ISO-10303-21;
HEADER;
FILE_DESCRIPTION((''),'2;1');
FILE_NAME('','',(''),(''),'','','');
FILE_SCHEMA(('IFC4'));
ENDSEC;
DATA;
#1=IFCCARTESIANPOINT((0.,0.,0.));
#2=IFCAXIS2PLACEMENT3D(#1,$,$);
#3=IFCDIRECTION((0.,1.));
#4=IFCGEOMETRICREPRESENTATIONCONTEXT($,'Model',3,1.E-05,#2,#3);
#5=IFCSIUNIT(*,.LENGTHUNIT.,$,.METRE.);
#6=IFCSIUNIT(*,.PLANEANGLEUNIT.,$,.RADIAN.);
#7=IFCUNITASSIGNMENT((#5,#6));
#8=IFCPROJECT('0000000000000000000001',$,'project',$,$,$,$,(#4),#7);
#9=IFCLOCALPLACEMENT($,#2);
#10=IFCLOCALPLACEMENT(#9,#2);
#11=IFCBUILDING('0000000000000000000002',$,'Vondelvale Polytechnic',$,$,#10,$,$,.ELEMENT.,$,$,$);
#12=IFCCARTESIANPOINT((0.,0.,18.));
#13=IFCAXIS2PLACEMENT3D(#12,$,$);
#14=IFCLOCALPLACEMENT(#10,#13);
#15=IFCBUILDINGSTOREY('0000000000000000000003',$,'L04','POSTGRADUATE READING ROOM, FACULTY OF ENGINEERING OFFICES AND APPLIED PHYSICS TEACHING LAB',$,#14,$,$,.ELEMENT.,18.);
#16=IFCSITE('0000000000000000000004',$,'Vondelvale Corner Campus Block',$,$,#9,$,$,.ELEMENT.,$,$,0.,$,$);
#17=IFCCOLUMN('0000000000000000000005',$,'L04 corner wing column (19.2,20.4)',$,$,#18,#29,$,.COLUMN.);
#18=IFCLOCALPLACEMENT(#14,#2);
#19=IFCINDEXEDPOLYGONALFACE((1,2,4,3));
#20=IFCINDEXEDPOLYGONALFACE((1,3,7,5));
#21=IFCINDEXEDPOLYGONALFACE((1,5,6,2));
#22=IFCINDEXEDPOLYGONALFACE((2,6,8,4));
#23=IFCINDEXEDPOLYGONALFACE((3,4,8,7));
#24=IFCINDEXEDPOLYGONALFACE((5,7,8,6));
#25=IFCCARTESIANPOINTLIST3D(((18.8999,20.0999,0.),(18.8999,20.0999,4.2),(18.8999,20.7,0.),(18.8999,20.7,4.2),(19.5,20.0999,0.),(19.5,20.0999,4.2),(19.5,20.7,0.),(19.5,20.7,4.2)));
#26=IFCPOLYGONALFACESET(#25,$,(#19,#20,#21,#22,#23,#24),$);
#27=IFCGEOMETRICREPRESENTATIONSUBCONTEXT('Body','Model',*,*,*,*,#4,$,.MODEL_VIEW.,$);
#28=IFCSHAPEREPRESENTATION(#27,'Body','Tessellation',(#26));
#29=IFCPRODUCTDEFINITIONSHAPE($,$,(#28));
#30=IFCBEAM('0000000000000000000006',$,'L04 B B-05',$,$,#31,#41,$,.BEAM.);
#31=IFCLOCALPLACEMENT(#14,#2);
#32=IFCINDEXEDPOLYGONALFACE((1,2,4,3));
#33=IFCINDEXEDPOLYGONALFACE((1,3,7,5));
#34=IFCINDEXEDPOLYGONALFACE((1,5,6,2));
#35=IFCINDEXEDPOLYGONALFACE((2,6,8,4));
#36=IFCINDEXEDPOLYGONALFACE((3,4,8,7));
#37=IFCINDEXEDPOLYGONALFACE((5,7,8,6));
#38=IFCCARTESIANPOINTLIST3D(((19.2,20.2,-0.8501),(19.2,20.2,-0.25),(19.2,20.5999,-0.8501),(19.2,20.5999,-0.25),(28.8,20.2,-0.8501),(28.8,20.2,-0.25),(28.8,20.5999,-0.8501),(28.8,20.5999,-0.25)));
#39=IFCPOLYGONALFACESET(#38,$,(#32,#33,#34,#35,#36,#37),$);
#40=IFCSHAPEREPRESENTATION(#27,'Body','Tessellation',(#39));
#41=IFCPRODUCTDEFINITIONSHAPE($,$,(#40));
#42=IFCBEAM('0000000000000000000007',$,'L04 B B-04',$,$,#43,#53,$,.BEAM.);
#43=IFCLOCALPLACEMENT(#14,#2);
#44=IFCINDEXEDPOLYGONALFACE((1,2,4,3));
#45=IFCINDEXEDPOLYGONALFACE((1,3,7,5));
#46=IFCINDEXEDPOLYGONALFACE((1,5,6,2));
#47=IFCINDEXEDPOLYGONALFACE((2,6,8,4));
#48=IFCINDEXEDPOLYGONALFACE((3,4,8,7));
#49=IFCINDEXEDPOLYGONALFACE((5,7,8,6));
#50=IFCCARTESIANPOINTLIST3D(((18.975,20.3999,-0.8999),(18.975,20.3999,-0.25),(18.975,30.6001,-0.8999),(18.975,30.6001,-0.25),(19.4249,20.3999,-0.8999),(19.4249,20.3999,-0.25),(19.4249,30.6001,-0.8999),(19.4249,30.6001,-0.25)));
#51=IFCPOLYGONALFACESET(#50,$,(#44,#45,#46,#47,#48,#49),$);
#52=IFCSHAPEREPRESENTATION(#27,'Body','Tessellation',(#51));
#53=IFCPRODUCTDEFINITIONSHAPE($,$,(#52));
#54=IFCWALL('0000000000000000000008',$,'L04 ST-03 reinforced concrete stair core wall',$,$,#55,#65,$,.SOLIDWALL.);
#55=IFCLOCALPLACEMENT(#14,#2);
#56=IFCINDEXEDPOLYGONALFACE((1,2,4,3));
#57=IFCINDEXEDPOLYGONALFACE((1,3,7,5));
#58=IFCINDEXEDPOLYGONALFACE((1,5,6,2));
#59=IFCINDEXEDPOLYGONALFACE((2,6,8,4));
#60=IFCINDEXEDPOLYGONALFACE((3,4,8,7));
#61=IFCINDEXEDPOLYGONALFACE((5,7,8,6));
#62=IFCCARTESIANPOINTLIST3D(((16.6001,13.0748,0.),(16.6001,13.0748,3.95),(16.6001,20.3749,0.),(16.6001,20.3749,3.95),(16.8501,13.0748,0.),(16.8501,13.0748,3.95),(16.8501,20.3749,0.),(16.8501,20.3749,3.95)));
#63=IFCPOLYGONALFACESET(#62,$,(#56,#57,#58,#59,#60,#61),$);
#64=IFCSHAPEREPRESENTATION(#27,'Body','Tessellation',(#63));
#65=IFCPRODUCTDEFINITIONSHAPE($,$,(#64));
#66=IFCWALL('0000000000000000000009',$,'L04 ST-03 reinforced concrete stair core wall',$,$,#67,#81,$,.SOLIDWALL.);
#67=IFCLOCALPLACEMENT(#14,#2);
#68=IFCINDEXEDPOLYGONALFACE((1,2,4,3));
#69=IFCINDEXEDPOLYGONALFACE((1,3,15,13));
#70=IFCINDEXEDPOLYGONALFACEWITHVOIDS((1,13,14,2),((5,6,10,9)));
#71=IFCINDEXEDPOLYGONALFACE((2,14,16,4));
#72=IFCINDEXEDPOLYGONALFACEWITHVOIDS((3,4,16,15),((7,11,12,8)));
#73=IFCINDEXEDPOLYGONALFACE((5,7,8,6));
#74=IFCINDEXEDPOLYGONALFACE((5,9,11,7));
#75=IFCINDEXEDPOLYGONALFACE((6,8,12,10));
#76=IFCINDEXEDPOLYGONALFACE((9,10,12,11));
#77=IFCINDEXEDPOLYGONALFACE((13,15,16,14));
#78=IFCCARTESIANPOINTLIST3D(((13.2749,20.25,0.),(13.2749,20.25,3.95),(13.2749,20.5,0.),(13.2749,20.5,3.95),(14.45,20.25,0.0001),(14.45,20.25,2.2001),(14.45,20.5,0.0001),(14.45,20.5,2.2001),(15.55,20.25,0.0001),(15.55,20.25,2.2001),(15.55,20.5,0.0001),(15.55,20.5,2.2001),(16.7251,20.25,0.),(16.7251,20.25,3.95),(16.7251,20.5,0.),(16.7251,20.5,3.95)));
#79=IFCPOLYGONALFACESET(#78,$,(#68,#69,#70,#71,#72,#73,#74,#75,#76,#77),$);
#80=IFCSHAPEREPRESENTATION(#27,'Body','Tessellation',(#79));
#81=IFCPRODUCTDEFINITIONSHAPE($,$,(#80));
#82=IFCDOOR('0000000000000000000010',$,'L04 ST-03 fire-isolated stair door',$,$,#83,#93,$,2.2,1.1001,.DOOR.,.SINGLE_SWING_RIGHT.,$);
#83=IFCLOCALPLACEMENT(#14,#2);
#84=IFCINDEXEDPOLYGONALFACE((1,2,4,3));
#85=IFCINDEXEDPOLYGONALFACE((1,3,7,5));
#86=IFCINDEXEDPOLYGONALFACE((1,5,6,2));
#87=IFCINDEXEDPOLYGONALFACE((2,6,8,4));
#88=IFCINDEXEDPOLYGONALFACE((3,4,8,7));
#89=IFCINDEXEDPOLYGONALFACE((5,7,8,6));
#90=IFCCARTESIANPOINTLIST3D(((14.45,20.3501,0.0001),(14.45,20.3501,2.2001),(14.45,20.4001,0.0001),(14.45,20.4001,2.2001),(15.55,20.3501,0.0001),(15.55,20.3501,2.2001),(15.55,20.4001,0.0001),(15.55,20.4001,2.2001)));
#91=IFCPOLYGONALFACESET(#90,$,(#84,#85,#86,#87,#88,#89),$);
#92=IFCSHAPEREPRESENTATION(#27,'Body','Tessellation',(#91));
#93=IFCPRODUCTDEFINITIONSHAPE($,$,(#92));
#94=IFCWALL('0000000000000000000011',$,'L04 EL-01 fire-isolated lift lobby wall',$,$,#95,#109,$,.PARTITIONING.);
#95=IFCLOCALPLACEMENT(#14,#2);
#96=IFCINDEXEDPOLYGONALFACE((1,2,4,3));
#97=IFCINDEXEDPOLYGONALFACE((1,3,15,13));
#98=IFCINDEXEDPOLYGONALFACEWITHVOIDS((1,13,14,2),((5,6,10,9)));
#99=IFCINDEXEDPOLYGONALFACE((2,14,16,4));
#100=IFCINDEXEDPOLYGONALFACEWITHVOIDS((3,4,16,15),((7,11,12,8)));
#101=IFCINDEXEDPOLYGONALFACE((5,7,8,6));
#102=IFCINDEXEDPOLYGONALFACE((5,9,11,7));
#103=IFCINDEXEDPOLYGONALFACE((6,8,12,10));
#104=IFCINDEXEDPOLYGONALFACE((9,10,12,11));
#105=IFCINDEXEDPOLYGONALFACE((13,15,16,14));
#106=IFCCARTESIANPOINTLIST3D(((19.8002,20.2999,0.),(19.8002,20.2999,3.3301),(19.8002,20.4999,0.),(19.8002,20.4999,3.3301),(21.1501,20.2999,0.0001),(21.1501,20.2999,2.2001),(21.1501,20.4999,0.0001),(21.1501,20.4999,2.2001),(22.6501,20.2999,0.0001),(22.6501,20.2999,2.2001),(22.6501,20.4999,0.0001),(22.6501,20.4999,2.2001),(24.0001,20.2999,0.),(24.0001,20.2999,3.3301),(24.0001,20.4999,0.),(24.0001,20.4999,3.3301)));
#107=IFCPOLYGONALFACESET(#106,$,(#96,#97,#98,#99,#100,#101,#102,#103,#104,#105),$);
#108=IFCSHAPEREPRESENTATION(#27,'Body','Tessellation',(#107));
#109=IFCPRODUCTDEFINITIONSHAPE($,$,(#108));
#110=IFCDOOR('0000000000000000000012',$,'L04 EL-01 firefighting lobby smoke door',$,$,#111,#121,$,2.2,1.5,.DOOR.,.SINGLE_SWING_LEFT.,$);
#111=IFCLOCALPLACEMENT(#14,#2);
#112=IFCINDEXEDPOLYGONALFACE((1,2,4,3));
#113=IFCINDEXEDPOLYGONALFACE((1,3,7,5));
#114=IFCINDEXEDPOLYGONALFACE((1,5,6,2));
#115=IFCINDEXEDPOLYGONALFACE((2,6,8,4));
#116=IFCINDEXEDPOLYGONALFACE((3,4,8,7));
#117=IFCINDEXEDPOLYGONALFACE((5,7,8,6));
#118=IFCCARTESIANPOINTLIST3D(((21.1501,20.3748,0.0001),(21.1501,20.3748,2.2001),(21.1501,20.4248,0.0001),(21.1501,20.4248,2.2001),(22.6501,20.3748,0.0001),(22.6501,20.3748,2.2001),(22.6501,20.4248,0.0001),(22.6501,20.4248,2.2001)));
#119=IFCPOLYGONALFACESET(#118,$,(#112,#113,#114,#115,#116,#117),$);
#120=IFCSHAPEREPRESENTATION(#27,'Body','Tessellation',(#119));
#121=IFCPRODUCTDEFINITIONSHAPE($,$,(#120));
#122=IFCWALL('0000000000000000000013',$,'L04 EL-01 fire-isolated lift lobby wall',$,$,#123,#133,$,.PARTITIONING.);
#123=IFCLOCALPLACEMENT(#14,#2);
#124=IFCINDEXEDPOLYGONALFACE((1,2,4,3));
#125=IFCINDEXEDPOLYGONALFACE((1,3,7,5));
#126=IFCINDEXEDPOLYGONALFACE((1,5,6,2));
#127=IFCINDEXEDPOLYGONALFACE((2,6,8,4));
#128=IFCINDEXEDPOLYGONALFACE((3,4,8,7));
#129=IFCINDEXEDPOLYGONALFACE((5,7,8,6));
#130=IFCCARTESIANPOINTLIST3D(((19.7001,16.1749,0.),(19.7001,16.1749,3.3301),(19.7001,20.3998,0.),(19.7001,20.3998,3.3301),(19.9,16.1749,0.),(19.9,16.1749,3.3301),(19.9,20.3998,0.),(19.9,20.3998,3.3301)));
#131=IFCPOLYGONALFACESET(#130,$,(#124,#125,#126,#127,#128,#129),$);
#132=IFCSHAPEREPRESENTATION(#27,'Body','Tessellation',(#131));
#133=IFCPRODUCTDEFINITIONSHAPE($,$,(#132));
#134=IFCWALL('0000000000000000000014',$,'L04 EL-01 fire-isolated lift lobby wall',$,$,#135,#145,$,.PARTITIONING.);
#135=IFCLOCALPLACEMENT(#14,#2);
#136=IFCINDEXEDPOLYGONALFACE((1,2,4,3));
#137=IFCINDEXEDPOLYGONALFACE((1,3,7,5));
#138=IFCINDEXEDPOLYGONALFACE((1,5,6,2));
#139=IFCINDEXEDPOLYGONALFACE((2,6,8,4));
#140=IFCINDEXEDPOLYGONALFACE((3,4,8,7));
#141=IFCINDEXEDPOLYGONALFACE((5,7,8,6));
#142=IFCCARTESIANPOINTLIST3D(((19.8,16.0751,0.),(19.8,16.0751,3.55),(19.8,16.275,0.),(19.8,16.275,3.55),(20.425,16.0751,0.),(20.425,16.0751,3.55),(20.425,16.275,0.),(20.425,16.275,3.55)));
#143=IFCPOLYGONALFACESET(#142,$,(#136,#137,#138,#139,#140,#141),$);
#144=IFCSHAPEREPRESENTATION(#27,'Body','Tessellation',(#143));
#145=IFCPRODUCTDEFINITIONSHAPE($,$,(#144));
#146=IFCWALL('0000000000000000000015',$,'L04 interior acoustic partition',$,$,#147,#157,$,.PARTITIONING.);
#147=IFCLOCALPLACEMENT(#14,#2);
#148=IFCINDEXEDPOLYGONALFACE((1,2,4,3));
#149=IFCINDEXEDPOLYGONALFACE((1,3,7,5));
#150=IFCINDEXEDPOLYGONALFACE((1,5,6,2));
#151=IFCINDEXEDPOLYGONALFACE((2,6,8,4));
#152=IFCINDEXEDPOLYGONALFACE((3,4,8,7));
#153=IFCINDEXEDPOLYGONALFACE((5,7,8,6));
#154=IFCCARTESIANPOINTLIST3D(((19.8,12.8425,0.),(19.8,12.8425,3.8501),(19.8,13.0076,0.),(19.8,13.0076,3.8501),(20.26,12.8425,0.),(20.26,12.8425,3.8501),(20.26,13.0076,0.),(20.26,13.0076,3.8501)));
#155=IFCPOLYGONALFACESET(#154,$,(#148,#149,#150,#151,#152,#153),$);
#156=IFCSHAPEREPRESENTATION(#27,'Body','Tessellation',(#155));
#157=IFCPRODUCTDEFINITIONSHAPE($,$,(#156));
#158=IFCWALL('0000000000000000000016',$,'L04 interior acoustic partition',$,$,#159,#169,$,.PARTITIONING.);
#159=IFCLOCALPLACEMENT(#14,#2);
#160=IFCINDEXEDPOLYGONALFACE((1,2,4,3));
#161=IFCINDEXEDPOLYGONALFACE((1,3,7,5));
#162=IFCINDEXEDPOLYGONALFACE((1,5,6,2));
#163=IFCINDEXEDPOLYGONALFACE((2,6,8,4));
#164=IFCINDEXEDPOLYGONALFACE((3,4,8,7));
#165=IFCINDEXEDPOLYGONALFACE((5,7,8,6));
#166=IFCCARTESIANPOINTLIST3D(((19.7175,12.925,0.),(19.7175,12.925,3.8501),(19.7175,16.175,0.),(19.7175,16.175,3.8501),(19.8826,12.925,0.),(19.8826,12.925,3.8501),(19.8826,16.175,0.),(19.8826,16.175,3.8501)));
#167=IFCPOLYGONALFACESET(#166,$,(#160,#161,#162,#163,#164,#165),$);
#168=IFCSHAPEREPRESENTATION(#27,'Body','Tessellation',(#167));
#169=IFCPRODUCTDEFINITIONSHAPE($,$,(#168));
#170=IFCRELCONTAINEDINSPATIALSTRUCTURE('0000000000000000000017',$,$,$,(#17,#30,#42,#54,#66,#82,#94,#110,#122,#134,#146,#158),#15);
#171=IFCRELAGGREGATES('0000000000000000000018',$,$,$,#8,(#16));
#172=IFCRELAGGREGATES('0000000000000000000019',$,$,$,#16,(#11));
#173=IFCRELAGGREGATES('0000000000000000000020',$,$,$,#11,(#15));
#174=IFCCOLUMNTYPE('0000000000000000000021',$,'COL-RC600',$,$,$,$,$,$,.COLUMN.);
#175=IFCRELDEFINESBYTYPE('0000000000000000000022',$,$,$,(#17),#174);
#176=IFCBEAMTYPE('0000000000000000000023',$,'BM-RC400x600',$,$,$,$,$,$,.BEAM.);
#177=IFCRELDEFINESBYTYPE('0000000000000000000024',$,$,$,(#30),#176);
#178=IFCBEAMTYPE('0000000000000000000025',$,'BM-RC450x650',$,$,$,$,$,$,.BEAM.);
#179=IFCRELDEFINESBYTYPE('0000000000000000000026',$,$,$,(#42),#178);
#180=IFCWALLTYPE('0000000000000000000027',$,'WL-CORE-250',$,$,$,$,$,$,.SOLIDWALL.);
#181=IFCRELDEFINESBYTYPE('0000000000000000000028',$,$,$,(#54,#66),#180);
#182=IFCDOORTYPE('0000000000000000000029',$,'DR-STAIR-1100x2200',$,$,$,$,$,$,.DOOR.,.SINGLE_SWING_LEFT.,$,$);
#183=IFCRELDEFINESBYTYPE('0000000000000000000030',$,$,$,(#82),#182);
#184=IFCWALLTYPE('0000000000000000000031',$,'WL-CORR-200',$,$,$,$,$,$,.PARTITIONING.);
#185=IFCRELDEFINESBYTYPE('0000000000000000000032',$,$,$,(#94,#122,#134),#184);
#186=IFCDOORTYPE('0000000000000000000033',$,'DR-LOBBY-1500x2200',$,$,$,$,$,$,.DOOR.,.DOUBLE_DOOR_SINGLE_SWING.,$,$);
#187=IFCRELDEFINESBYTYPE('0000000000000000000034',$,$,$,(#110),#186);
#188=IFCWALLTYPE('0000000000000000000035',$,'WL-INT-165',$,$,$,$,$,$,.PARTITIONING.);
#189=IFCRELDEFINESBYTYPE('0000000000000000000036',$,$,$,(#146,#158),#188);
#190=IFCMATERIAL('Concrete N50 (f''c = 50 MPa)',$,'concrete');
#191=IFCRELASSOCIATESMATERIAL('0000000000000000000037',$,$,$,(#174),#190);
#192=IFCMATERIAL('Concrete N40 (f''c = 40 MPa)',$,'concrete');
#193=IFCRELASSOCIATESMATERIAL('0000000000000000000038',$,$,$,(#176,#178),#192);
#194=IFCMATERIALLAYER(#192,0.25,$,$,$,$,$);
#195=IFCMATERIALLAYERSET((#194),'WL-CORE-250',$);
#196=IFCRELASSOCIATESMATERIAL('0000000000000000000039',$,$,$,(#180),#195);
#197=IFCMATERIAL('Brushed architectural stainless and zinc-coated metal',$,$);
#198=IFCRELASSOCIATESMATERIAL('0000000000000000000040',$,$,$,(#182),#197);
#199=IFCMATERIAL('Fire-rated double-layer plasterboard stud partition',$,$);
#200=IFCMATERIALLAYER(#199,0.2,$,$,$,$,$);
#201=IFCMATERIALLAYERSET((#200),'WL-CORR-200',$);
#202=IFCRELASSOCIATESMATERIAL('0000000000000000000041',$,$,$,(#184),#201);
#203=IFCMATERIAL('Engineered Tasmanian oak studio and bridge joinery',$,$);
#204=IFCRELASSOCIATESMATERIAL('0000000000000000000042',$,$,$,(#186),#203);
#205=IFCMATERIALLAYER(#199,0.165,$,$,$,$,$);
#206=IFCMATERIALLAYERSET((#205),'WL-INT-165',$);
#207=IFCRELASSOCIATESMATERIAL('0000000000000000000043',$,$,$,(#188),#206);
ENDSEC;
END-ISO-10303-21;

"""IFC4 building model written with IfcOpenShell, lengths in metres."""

from ifc_helpers import new_model, si_unit, direction, frame, frame_2d, origin, origin_2d, place, context, subcontext, project, spatial, rectangle, extrude, material, layer, layer_set, material_profile, profile_set, type_object, element, fill, save


model = new_model("IFC4")

# Units and contexts
model_context = context("Model", 3, precision=1e-05, world=origin(), true_north=direction((0.0, 1.0)))
body_context = subcontext(model_context, "Body", "Model", "MODEL_VIEW")
ifc_project = project(units=[si_unit("LENGTHUNIT", "METRE"), si_unit("PLANEANGLEUNIT", "RADIAN")], contexts=[model_context])

# Site, building, storey
site_placement = place(None, origin())
site = spatial("IfcSite", under=ifc_project, at=site_placement, Name="Vondelvale Corner Campus Block", CompositionType="ELEMENT", RefElevation=0.0)
building_placement = place(site_placement, origin())
building = spatial("IfcBuilding", under=site, at=building_placement, Name="Vondelvale Polytechnic", CompositionType="ELEMENT")
storey_placement = place(building_placement, frame((0.0, 0.0, 18.0)))
storey = spatial("IfcBuildingStorey", under=building, at=storey_placement, Name="L04", Description="POSTGRADUATE READING ROOM, FACULTY OF ENGINEERING OFFICES AND APPLIED PHYSICS TEACHING LAB", CompositionType="ELEMENT", Elevation=18.0)

# Column
ifc_material_1 = material(Name="Concrete N50 (f'c = 50 MPa)", Category="concrete")
ifc_material_profile_1 = material_profile(ifc_material_1, rectangle(XDim=0.6001, YDim=0.6001, at=origin_2d()), Name="RC-COL-600x600")
ifc_profile_set_1 = profile_set([ifc_material_profile_1], Name="Concrete N50 (f'c = 50 MPa)")
column_type = type_object("IfcColumnType", Name="COL-RC600", PredefinedType="COLUMN", material=ifc_profile_set_1)
column_placement = place(storey_placement, frame((19.2, 20.3999, 0.0), z_axis=(0.0, 0.0, 1.0), x_axis=(1.0, 0.0, 0.0)))
element("IfcColumn", 1, at=column_placement, inside=storey, type_object=column_type, Name="L04 corner wing column (19.2,20.4)", PredefinedType="COLUMN", context=body_context, shape_type="SweptSolid", body=[
    extrude(rectangle(XDim=0.6001, YDim=0.6001, at=origin_2d()), origin(), (0.0, 0.0, 1.0), 4.2),
])

# Beams
ifc_material_2 = material(Name="Concrete N40 (f'c = 40 MPa)", Category="concrete")
ifc_material_profile_2 = material_profile(ifc_material_2, rectangle(XDim=0.3999, YDim=0.6001, at=origin_2d()), Name="RC-BM-400x600")
ifc_profile_set_2 = profile_set([ifc_material_profile_2], Name="Concrete N40 (f'c = 40 MPa)")
beam_type_1 = type_object("IfcBeamType", Name="BM-RC400x600", PredefinedType="BEAM", material=ifc_profile_set_2)
beam_1_placement = place(storey_placement, frame((19.2, 20.3999, -0.55), z_axis=(1.0, 0.0, 0.0), x_axis=(0.0, 1.0, 0.0)))
element("IfcBeam", 2, at=beam_1_placement, inside=storey, type_object=beam_type_1, Name="L04 B B-05", PredefinedType="BEAM", context=body_context, shape_type="SweptSolid", body=[
    extrude(rectangle(XDim=0.3999, YDim=0.6001, at=origin_2d()), origin(), (0.0, 0.0, 1.0), 9.6001),
])
ifc_material_profile_3 = material_profile(ifc_material_2, rectangle(XDim=0.45, YDim=0.6499, at=origin_2d()), Name="RC-BM-450x650")
ifc_profile_set_3 = profile_set([ifc_material_profile_3], Name="Concrete N40 (f'c = 40 MPa)")
beam_type_2 = type_object("IfcBeamType", Name="BM-RC450x650", PredefinedType="BEAM", material=ifc_profile_set_3)
beam_2_placement = place(storey_placement, frame((19.2, 20.3999, -0.575), z_axis=(0.0, 1.0, 0.0), x_axis=(-1.0, 0.0, 0.0)))
element("IfcBeam", 3, at=beam_2_placement, inside=storey, type_object=beam_type_2, Name="L04 B B-04", PredefinedType="BEAM", context=body_context, shape_type="SweptSolid", body=[
    extrude(rectangle(XDim=0.45, YDim=0.6499, at=origin_2d()), origin(), (0.0, 0.0, 1.0), 10.2002),
])

# Wall
ifc_layer_1 = layer(ifc_material_2, 0.25)
ifc_layer_set_1 = layer_set([ifc_layer_1], Name="WL-CORE-250")
wall_type_1 = type_object("IfcWallType", Name="WL-CORE-250", PredefinedType="SOLIDWALL", material=ifc_layer_set_1)
wall_1_placement = place(storey_placement, frame((16.7251, 13.075, 0.0), z_axis=(0.0, 0.0, 1.0), x_axis=(0.0, 1.0, 0.0)))
element("IfcWall", 4, at=wall_1_placement, inside=storey, type_object=wall_type_1, Name="L04 ST-03 reinforced concrete stair core wall", PredefinedType="SOLIDWALL", context=body_context, shape_type="SweptSolid", body=[
    extrude(rectangle(XDim=7.3, YDim=0.25, at=frame_2d((3.6499, 0.0))), origin(), (0.0, 0.0, 1.0), 3.95),
])

# Walls, openings, doors
wall_2_placement = place(storey_placement, frame((16.7251, 20.375, 0.0), z_axis=(0.0, 0.0, 1.0), x_axis=(-1.0, 0.0, 0.0)))
wall_2 = element("IfcWall", 5, at=wall_2_placement, inside=storey, type_object=wall_type_1, Name="L04 ST-03 reinforced concrete stair core wall", PredefinedType="SOLIDWALL", context=body_context, shape_type="SweptSolid", body=[
    extrude(rectangle(XDim=3.4502, YDim=0.25, at=frame_2d((1.7251, 0.0))), origin(), (0.0, 0.0, 1.0), 3.95),
])
opening_1_placement = place(wall_2_placement, frame((1.175, 0.0, 0.0)))
opening_1 = element("IfcOpeningElement", 6, at=opening_1_placement, cuts=wall_2, PredefinedType="OPENING", context=body_context, shape_type="SweptSolid", body=[
    extrude(rectangle(XDim=1.1001, YDim=2.2, at=frame_2d((0.55, 1.1001))), frame((0.0, 0.135, 0.0), z_axis=(0.0, -1.0, 0.0), x_axis=(1.0, 0.0, 0.0)), (0.0, 0.0, 1.0), 0.27),
])
ifc_material_3 = material(Name="Brushed architectural stainless and zinc-coated metal")
door_type_1 = type_object("IfcDoorType", Name="DR-STAIR-1100x2200", OperationType="SINGLE_SWING_LEFT", PredefinedType="DOOR", material=ifc_material_3)
door_1_placement = place(opening_1_placement, origin())
door_1 = element("IfcDoor", 7, at=door_1_placement, inside=storey, type_object=door_type_1, Name="L04 ST-03 fire-isolated stair door", OperationType="SINGLE_SWING_RIGHT", OverallHeight=2.2, OverallWidth=1.1001, PredefinedType="DOOR", context=body_context, shape_type="SweptSolid", body=[
    extrude(rectangle(XDim=1.1001, YDim=2.2, at=frame_2d((0.55, 1.1001))), frame((0.0, 0.0249, 0.0), z_axis=(0.0, -1.0, 0.0), x_axis=(1.0, 0.0, 0.0)), (0.0, 0.0, 1.0), 0.05),
])
fill(opening_1, door_1)
ifc_material_4 = material(Name="Fire-rated double-layer plasterboard stud partition")
ifc_layer_2 = layer(ifc_material_4, 0.2)
ifc_layer_set_2 = layer_set([ifc_layer_2], Name="WL-CORR-200")
wall_type_2 = type_object("IfcWallType", Name="WL-CORR-200", PredefinedType="PARTITIONING", material=ifc_layer_set_2)
wall_3_placement = place(storey_placement, frame((19.8, 20.3999, 0.0), z_axis=(0.0, 0.0, 1.0), x_axis=(1.0, 0.0, 0.0)))
wall_3 = element("IfcWall", 8, at=wall_3_placement, inside=storey, type_object=wall_type_2, Name="L04 EL-01 fire-isolated lift lobby wall", PredefinedType="PARTITIONING", context=body_context, shape_type="SweptSolid", body=[
    extrude(rectangle(XDim=4.2, YDim=0.2, at=frame_2d((2.1001, 0.0))), origin(), (0.0, 0.0, 1.0), 3.3301),
])
opening_2_placement = place(wall_3_placement, frame((1.3501, 0.0, 0.0)))
opening_2 = element("IfcOpeningElement", 9, at=opening_2_placement, cuts=wall_3, PredefinedType="OPENING", context=body_context, shape_type="SweptSolid", body=[
    extrude(rectangle(XDim=1.5, YDim=2.2, at=frame_2d((0.75, 1.1001))), frame((0.0, 0.1099, 0.0), z_axis=(0.0, -1.0, 0.0), x_axis=(1.0, 0.0, 0.0)), (0.0, 0.0, 1.0), 0.22),
])
ifc_material_5 = material(Name="Engineered Tasmanian oak studio and bridge joinery")
door_type_2 = type_object("IfcDoorType", Name="DR-LOBBY-1500x2200", OperationType="DOUBLE_DOOR_SINGLE_SWING", PredefinedType="DOOR", material=ifc_material_5)
door_2_placement = place(opening_2_placement, origin())
door_2 = element("IfcDoor", 10, at=door_2_placement, inside=storey, type_object=door_type_2, Name="L04 EL-01 firefighting lobby smoke door", OperationType="SINGLE_SWING_LEFT", OverallHeight=2.2, OverallWidth=1.5, PredefinedType="DOOR", context=body_context, shape_type="SweptSolid", body=[
    extrude(rectangle(XDim=1.5, YDim=2.2, at=frame_2d((0.75, 1.1001))), frame((0.0, 0.0249, 0.0), z_axis=(0.0, -1.0, 0.0), x_axis=(1.0, 0.0, 0.0)), (0.0, 0.0, 1.0), 0.05),
])
fill(opening_2, door_2)

# Walls
wall_4_placement = place(storey_placement, frame((19.8, 16.175, 0.0), z_axis=(0.0, 0.0, 1.0), x_axis=(0.0, 1.0, 0.0)))
element("IfcWall", 11, at=wall_4_placement, inside=storey, type_object=wall_type_2, Name="L04 EL-01 fire-isolated lift lobby wall", PredefinedType="PARTITIONING", context=body_context, shape_type="SweptSolid", body=[
    extrude(rectangle(XDim=4.2249, YDim=0.2, at=frame_2d((2.1123, 0.0))), origin(), (0.0, 0.0, 1.0), 3.3301),
])
wall_5_placement = place(storey_placement, frame((19.8, 16.175, 0.0), z_axis=(0.0, 0.0, 1.0), x_axis=(1.0, 0.0, 0.0)))
element("IfcWall", 12, at=wall_5_placement, inside=storey, type_object=wall_type_2, Name="L04 EL-01 fire-isolated lift lobby wall", PredefinedType="PARTITIONING", context=body_context, shape_type="SweptSolid", body=[
    extrude(rectangle(XDim=0.625, YDim=0.2, at=frame_2d((0.3125, 0.0))), origin(), (0.0, 0.0, 1.0), 3.55),
])

# Walls
ifc_layer_3 = layer(ifc_material_4, 0.165)
ifc_layer_set_3 = layer_set([ifc_layer_3], Name="WL-INT-165")
wall_type_3 = type_object("IfcWallType", Name="WL-INT-165", PredefinedType="PARTITIONING", material=ifc_layer_set_3)
wall_6_placement = place(storey_placement, frame((19.8, 12.925, 0.0), z_axis=(0.0, 0.0, 1.0), x_axis=(1.0, 0.0, 0.0)))
element("IfcWall", 13, at=wall_6_placement, inside=storey, type_object=wall_type_3, Name="L04 interior acoustic partition", PredefinedType="PARTITIONING", context=body_context, shape_type="SweptSolid", body=[
    extrude(rectangle(XDim=0.46, YDim=0.165, at=frame_2d((0.23, 0.0))), origin(), (0.0, 0.0, 1.0), 3.8501),
])
wall_7_placement = place(storey_placement, frame((19.8, 12.925, 0.0), z_axis=(0.0, 0.0, 1.0), x_axis=(0.0, 1.0, 0.0)))
element("IfcWall", 14, at=wall_7_placement, inside=storey, type_object=wall_type_3, Name="L04 interior acoustic partition", PredefinedType="PARTITIONING", context=body_context, shape_type="SweptSolid", body=[
    extrude(rectangle(XDim=3.25, YDim=0.165, at=frame_2d((1.625, 0.0))), origin(), (0.0, 0.0, 1.0), 3.8501),
])

save(model, "model.ifc")
